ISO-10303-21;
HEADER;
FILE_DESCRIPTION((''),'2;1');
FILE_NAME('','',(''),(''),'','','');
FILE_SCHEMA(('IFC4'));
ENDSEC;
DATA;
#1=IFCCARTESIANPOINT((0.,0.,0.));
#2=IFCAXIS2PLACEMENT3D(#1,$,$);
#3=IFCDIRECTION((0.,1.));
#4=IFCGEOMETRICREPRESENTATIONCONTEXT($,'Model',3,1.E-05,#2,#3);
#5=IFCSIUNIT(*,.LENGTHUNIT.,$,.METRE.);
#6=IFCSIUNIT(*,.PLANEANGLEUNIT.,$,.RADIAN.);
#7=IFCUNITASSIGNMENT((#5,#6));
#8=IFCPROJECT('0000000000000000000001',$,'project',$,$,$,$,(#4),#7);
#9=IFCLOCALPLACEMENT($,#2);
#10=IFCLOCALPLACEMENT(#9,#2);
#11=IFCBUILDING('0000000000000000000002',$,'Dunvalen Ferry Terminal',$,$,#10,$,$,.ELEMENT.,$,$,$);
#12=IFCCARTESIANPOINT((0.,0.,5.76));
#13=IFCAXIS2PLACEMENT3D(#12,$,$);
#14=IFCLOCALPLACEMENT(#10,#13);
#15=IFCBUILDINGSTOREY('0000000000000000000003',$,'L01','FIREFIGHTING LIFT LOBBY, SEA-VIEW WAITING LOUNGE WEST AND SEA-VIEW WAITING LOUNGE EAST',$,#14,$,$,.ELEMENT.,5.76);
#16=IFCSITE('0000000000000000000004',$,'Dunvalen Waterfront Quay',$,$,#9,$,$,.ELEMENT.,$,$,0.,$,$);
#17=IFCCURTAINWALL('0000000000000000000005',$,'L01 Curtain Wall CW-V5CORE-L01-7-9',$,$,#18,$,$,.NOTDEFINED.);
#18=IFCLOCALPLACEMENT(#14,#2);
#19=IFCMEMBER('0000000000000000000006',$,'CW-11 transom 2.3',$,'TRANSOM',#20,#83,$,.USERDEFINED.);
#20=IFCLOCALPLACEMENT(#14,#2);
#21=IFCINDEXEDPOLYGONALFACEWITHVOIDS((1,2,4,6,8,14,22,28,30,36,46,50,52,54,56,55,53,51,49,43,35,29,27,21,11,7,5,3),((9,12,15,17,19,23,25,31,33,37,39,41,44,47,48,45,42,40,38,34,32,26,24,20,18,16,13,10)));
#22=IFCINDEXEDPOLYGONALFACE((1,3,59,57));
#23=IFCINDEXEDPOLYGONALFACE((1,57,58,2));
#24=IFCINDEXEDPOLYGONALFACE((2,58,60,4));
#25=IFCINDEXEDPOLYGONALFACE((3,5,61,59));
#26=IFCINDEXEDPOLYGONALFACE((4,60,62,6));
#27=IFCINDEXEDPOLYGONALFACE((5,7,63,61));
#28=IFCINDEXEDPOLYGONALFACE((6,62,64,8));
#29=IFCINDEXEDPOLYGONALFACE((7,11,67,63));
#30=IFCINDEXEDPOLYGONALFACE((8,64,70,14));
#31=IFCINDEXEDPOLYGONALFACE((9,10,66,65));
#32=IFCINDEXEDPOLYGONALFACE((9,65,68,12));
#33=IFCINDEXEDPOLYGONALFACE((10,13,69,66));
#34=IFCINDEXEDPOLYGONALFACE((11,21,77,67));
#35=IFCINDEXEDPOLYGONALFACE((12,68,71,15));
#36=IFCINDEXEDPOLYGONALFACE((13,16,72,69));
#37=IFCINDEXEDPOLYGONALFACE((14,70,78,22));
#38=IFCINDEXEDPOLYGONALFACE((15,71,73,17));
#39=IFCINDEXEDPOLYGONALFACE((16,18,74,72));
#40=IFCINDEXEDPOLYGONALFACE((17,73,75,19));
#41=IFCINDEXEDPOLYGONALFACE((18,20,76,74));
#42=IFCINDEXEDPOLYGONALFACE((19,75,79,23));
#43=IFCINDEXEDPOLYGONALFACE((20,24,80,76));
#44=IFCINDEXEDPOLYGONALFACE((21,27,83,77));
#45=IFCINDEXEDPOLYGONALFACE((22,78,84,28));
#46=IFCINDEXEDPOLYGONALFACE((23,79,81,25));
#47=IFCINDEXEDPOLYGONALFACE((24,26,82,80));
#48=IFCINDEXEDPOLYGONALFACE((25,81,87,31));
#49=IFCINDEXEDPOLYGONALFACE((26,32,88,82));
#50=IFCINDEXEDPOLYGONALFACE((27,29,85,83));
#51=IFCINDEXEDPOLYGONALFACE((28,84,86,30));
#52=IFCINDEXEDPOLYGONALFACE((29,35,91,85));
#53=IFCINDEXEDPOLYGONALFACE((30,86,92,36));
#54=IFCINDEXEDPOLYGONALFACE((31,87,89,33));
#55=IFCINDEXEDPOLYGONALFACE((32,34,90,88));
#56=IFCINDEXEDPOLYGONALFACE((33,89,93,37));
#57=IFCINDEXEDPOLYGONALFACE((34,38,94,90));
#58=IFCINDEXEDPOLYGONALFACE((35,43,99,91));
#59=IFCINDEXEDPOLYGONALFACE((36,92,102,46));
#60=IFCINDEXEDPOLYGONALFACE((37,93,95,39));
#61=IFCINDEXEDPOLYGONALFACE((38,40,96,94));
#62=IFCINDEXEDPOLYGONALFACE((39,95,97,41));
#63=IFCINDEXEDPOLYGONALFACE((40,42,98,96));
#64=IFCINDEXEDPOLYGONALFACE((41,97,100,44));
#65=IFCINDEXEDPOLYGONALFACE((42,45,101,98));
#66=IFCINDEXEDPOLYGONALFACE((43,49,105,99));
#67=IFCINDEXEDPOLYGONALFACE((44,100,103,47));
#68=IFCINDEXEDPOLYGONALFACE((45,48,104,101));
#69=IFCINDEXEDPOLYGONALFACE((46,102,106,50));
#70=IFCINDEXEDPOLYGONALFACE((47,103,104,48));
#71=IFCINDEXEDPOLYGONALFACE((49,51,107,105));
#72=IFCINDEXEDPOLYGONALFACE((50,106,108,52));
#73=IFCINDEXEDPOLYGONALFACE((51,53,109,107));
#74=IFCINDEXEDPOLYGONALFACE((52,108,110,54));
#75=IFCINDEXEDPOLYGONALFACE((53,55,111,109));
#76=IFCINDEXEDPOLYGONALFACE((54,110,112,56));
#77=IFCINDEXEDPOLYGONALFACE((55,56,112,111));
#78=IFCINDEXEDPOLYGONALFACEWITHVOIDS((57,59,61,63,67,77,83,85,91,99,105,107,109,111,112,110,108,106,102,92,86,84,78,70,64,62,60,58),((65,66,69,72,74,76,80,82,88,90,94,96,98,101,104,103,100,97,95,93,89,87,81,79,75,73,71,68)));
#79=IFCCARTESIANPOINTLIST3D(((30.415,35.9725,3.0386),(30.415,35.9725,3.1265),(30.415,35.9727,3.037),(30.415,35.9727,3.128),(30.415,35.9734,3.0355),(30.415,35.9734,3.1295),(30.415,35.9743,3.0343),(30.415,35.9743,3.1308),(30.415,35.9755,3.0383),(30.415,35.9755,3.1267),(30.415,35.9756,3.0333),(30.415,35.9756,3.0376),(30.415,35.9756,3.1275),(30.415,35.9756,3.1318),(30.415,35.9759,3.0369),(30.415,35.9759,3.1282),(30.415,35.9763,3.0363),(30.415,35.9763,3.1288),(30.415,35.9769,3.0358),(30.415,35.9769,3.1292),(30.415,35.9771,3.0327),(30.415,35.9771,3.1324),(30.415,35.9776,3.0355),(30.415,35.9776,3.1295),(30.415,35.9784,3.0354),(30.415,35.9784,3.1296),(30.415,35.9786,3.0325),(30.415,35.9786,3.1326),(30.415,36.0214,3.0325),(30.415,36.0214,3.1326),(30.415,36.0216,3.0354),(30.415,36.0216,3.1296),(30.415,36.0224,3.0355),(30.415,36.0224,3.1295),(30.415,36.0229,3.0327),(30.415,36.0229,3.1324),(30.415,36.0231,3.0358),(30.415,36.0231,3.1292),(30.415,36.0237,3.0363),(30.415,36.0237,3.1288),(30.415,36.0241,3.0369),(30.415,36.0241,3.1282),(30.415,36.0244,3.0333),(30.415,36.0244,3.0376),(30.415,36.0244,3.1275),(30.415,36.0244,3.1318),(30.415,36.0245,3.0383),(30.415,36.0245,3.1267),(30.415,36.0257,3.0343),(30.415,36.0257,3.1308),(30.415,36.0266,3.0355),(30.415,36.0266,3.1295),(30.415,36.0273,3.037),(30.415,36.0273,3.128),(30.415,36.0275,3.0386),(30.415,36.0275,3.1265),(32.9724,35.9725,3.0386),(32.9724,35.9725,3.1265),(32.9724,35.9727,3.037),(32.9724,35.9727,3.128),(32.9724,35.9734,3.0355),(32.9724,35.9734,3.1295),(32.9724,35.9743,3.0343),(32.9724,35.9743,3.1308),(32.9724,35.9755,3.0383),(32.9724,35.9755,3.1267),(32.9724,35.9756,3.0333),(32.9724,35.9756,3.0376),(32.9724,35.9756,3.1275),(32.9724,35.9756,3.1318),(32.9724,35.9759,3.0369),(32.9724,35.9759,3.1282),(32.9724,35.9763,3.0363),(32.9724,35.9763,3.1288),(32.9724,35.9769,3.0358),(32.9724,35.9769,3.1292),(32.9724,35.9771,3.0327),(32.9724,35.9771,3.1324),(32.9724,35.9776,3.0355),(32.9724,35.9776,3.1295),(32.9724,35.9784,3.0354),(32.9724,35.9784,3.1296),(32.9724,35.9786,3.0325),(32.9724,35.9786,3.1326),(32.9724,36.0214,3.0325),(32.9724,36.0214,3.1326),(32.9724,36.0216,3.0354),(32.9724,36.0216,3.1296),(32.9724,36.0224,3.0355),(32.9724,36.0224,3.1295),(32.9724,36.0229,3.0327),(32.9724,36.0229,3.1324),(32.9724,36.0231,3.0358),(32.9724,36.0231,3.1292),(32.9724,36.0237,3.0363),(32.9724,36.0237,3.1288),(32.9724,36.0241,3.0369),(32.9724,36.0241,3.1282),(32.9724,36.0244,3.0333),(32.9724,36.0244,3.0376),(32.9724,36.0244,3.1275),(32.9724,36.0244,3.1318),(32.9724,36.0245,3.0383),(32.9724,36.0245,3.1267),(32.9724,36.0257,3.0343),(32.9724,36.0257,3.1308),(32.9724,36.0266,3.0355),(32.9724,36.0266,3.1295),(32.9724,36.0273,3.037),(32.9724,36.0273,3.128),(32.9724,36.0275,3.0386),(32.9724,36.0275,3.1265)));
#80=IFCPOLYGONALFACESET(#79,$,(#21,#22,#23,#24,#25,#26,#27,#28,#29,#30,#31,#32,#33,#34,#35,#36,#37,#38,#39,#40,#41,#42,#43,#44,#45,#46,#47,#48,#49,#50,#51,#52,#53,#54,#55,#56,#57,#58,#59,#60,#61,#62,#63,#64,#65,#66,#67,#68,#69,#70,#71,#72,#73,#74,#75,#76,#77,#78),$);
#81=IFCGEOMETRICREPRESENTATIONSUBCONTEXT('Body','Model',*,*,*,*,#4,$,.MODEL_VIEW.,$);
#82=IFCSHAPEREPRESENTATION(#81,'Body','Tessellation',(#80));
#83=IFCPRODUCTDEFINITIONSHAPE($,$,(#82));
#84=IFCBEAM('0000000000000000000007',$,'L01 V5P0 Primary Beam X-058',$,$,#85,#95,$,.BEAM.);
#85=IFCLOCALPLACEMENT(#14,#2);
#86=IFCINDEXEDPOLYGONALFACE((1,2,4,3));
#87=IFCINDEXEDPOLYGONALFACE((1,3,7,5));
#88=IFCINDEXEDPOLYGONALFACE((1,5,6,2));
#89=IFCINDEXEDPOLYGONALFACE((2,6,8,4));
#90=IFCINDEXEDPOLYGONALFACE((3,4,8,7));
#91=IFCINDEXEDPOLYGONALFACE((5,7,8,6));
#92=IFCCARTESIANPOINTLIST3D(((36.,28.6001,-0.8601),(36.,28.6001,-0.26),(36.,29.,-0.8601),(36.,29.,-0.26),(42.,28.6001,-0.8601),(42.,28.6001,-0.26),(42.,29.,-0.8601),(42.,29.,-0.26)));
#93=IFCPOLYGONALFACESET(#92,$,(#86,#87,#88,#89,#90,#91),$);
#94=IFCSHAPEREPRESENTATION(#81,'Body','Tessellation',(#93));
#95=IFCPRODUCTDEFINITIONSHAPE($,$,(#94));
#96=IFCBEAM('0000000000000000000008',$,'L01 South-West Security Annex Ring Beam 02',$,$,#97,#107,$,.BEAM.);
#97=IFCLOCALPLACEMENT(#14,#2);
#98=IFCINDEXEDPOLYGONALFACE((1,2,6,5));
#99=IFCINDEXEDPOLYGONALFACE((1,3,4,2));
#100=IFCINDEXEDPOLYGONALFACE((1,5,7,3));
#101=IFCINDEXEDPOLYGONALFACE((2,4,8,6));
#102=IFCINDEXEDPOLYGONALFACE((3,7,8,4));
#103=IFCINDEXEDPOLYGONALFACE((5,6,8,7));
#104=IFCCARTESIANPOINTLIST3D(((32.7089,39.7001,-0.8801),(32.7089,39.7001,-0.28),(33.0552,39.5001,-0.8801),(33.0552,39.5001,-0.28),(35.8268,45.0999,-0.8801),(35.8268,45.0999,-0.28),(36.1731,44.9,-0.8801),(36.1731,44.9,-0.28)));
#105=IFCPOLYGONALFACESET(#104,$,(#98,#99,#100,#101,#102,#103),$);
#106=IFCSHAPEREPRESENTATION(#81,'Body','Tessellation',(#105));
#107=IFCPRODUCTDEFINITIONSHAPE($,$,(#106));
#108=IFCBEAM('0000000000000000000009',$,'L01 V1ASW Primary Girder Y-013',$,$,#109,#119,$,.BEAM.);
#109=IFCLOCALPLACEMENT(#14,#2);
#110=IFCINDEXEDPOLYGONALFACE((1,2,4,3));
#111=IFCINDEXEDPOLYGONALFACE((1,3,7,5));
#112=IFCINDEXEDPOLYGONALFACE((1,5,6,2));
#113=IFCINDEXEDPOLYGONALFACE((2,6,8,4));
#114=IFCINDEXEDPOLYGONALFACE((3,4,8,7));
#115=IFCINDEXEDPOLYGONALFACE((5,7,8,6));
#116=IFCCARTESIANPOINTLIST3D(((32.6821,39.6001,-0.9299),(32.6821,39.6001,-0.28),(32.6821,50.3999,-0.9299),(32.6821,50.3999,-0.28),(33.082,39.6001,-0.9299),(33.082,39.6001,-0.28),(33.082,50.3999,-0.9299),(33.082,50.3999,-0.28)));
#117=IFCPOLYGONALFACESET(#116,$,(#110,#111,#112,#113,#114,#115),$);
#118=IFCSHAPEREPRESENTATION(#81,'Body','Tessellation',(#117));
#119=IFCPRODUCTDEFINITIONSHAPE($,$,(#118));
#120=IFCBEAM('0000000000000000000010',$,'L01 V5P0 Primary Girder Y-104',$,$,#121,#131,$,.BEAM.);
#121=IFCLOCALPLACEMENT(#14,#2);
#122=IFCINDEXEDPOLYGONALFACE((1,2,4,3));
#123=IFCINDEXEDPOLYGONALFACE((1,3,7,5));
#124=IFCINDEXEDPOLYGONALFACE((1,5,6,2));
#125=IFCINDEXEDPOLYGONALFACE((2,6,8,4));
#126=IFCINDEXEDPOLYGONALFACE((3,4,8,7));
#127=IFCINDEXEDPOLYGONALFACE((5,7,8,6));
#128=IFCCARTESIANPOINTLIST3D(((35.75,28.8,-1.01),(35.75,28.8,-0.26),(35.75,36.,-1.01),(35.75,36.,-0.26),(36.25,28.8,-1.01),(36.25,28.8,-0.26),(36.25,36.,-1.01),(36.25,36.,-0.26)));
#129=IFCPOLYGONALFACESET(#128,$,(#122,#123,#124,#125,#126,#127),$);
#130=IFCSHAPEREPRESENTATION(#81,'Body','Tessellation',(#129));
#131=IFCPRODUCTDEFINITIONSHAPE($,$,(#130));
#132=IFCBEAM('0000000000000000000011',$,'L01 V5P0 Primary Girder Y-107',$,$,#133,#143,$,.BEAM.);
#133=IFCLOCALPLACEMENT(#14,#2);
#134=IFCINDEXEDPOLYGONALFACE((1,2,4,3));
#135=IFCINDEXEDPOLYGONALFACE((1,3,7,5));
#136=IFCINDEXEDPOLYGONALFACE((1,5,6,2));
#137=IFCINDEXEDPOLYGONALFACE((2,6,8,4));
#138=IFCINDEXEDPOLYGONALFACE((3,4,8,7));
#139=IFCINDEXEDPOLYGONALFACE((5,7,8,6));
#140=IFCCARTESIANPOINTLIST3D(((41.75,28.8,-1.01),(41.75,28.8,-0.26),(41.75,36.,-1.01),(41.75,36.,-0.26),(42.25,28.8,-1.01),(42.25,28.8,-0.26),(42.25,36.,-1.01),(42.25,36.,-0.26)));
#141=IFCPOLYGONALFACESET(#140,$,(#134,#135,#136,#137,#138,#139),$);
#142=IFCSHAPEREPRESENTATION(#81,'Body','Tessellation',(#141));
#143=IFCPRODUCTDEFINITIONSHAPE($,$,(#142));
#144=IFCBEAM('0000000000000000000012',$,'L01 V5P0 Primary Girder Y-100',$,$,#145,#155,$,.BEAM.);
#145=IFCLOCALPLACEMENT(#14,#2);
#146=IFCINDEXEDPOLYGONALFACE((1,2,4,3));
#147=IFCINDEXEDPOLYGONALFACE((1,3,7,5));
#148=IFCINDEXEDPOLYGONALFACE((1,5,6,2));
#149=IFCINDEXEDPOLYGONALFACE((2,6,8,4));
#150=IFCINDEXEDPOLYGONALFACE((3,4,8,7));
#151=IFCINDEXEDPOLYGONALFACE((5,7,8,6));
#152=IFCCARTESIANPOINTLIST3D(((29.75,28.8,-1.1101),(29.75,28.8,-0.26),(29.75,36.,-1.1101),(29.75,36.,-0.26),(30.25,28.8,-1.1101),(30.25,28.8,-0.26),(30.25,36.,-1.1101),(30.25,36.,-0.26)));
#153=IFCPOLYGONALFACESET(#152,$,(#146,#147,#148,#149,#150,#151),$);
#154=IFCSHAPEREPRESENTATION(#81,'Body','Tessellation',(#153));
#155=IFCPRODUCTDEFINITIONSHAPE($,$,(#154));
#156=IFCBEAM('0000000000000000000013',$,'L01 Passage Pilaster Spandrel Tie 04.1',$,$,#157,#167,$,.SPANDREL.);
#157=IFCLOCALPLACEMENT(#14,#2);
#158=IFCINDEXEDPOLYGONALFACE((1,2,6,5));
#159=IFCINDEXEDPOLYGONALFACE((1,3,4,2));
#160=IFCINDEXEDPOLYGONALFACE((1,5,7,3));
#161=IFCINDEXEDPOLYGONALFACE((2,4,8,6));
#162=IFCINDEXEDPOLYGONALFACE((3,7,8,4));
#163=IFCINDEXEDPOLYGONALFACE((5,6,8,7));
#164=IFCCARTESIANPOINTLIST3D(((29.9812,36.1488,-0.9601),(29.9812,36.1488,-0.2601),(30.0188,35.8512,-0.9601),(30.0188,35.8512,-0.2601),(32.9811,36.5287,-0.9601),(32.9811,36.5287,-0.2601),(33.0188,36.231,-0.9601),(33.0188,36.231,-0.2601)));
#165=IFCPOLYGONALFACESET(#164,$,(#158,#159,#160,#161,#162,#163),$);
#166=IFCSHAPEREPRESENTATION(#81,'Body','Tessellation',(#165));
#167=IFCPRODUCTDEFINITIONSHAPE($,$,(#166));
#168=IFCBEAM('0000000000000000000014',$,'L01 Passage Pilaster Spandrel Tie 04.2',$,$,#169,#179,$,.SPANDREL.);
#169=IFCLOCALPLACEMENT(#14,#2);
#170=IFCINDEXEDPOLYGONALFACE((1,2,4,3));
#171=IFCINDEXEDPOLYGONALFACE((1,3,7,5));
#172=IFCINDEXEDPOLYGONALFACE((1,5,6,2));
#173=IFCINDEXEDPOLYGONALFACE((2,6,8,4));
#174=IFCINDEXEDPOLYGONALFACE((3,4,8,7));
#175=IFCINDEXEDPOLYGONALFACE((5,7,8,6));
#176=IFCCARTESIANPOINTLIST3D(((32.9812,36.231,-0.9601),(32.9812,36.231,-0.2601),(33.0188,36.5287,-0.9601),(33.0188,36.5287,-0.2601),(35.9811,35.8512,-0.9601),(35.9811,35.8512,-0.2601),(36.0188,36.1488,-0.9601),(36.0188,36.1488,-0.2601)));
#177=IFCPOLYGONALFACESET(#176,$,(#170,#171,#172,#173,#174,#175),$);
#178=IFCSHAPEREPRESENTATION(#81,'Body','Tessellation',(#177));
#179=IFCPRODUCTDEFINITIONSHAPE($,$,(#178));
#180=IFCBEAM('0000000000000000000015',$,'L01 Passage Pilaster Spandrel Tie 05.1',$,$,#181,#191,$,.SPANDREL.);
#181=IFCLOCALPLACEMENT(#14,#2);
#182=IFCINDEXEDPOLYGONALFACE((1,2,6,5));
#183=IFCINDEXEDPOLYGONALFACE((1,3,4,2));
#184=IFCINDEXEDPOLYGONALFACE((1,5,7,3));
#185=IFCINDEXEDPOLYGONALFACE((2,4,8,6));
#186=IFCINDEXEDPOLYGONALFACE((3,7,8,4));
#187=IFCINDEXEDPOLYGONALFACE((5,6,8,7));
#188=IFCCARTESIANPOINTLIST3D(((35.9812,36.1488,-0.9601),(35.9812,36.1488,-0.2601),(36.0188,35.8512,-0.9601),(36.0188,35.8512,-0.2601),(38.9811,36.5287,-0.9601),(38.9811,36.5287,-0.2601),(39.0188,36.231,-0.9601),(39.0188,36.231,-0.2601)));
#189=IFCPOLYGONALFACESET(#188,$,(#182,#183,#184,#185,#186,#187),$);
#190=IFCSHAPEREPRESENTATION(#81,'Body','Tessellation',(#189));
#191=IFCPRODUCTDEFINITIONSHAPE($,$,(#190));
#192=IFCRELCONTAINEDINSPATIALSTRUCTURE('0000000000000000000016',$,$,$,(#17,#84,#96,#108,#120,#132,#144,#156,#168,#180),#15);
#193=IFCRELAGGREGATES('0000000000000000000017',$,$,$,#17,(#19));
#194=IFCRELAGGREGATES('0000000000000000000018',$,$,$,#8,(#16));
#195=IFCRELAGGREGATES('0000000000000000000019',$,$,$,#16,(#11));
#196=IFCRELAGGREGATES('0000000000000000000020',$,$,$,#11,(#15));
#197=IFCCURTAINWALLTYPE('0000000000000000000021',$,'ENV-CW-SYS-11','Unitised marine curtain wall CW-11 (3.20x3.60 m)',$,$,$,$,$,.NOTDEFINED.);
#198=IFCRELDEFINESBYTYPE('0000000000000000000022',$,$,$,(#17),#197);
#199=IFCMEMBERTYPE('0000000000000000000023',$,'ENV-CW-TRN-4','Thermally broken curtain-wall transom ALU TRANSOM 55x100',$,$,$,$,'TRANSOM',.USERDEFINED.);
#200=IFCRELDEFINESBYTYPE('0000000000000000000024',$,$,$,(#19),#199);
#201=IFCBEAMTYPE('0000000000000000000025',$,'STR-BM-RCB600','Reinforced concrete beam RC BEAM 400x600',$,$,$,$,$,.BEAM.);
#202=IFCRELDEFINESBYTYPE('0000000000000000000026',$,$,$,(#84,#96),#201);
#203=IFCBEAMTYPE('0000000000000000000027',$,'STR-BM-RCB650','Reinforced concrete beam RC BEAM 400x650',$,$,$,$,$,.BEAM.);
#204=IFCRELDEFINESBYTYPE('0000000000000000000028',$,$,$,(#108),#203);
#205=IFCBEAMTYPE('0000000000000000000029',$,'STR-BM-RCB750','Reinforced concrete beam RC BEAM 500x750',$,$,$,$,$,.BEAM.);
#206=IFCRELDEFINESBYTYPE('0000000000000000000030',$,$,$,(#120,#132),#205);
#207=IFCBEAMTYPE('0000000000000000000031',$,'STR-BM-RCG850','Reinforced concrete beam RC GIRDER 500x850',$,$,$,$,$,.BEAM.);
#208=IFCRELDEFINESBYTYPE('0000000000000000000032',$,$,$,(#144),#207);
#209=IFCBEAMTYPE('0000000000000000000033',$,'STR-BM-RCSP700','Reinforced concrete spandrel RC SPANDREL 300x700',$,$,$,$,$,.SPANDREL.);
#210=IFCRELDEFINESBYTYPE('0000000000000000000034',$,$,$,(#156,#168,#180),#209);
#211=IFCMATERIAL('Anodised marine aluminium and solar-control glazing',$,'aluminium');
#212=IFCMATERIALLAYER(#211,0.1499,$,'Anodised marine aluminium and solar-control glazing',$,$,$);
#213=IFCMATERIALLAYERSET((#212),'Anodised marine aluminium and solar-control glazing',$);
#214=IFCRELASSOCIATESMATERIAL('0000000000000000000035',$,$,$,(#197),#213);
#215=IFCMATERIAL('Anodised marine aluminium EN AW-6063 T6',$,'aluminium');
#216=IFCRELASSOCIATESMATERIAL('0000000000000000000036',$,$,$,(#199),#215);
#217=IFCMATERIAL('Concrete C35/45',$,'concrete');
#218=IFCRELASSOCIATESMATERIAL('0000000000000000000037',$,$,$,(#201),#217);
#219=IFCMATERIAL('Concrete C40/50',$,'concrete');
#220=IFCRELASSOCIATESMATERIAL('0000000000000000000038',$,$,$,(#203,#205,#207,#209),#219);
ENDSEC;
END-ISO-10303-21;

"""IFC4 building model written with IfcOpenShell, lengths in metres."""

from ifc_helpers import new_model, si_unit, direction, frame, origin, origin_2d, place, context, subcontext, project, spatial, rectangle, hollow_rectangle, extrude, material, layer, layer_set, material_profile, profile_set, type_object, element, aggregate, save


model = new_model("IFC4")

# Units and contexts
model_context = context("Model", 3, precision=1e-05, world=origin(), true_north=direction((0.0, 1.0)))
body_context = subcontext(model_context, "Body", "Model", "MODEL_VIEW")
ifc_project = project(units=[si_unit("LENGTHUNIT", "METRE"), si_unit("PLANEANGLEUNIT", "RADIAN")], contexts=[model_context])

# Site, building, storey
site_placement = place(None, origin())
site = spatial("IfcSite", under=ifc_project, at=site_placement, Name="Dunvalen Waterfront Quay", CompositionType="ELEMENT", RefElevation=0.0)
building_placement = place(site_placement, origin())
building = spatial("IfcBuilding", under=site, at=building_placement, Name="Dunvalen Ferry Terminal", CompositionType="ELEMENT")
storey_placement = place(building_placement, frame((0.0, 0.0, 5.76)))
storey = spatial("IfcBuildingStorey", under=building, at=storey_placement, Name="L01", Description="FIREFIGHTING LIFT LOBBY, SEA-VIEW WAITING LOUNGE WEST AND SEA-VIEW WAITING LOUNGE EAST", CompositionType="ELEMENT", Elevation=5.76)

# Shared definitions
ifc_material_1 = material(Name="Concrete C35/45", Category="concrete")
ifc_material_2 = material(Name="Concrete C40/50", Category="concrete")

# Shared definitions
ifc_material_3 = material(Name="Anodised marine aluminium and solar-control glazing", Category="aluminium")
ifc_layer_1 = layer(ifc_material_3, 0.1499, Name="Anodised marine aluminium and solar-control glazing")
ifc_layer_set_1 = layer_set([ifc_layer_1], Name="Anodised marine aluminium and solar-control glazing")
curtain_wall_type = type_object("IfcCurtainWallType", Name="ENV-CW-SYS-11", Description="Unitised marine curtain wall CW-11 (3.20x3.60 m)", PredefinedType="NOTDEFINED", material=ifc_layer_set_1)
ifc_material_4 = material(Name="Anodised marine aluminium EN AW-6063 T6", Category="aluminium")

# Curtain wall, member
curtain_wall_1_placement = place(storey_placement, origin())
curtain_wall_1 = element("IfcCurtainWall", 1, at=curtain_wall_1_placement, inside=storey, type_object=curtain_wall_type, Name="L01 Curtain Wall CW-V5CORE-L01-7-9", PredefinedType="NOTDEFINED")
ifc_material_profile_1 = material_profile(ifc_material_4, hollow_rectangle(XDim=0.0549, YDim=0.1001, WallThickness=0.0029, InnerFilletRadius=0.0029, OuterFilletRadius=0.0061, at=origin_2d()), Name="Anodised marine aluminium EN AW-6063 T6")
ifc_profile_set_1 = profile_set([ifc_material_profile_1], Name="Anodised marine aluminium EN AW-6063 T6")
member_type_1 = type_object("IfcMemberType", Name="ENV-CW-TRN-4", Description="Thermally broken curtain-wall transom ALU TRANSOM 55x100", ElementType="TRANSOM", PredefinedType="USERDEFINED", material=ifc_profile_set_1)
member_1_placement = place(storey_placement, frame((32.9724, 36.0, 3.0825), z_axis=(-1.0, 0.0, 0.0), x_axis=(0.0, -1.0, 0.0)))
member_1 = element("IfcMember", 2, at=member_1_placement, type_object=member_type_1, Name="CW-11 transom 2.3", ObjectType="TRANSOM", PredefinedType="USERDEFINED", context=body_context, shape_type="SweptSolid", body=[
    extrude(hollow_rectangle(XDim=0.0549, YDim=0.1001, WallThickness=0.0029, InnerFilletRadius=0.0029, OuterFilletRadius=0.0061, at=origin_2d()), origin(), (0.0, 0.0, 1.0), 2.5574),
])

# Beams
ifc_material_profile_2 = material_profile(ifc_material_1, rectangle(XDim=0.3999, YDim=0.6001, at=origin_2d()), Name="Concrete C35/45")
ifc_profile_set_2 = profile_set([ifc_material_profile_2], Name="Concrete C35/45")
beam_type_1 = type_object("IfcBeamType", Name="STR-BM-RCB600", Description="Reinforced concrete beam RC BEAM 400x600", PredefinedType="BEAM", material=ifc_profile_set_2)
beam_1_placement = place(storey_placement, frame((36.0, 28.8, -0.5601), z_axis=(1.0, 0.0, 0.0), x_axis=(0.0, 1.0, 0.0)))
element("IfcBeam", 3, at=beam_1_placement, inside=storey, type_object=beam_type_1, Name="L01 V5P0 Primary Beam X-058", PredefinedType="BEAM", context=body_context, shape_type="SweptSolid", body=[
    extrude(rectangle(XDim=0.3999, YDim=0.6001, at=origin_2d()), origin(), (0.0, 0.0, 1.0), 6.0),
])
beam_2_placement = place(storey_placement, frame((32.8821, 39.6001, -0.5801), z_axis=(0.500034, 0.866006, 0.0), x_axis=(-0.866006, 0.500034, 0.0)))
element("IfcBeam", 4, at=beam_2_placement, inside=storey, type_object=beam_type_1, Name="L01 South-West Security Annex Ring Beam 02", PredefinedType="BEAM", context=body_context, shape_type="SweptSolid", body=[
    extrude(rectangle(XDim=0.3999, YDim=0.6001, at=origin_2d()), origin(), (0.0, 0.0, 1.0), 6.2354),
])
ifc_material_profile_3 = material_profile(ifc_material_2, rectangle(XDim=0.3999, YDim=0.6499, at=origin_2d()), Name="Concrete C40/50")
ifc_profile_set_3 = profile_set([ifc_material_profile_3], Name="Concrete C40/50")
beam_type_2 = type_object("IfcBeamType", Name="STR-BM-RCB650", Description="Reinforced concrete beam RC BEAM 400x650", PredefinedType="BEAM", material=ifc_profile_set_3)
beam_3_placement = place(storey_placement, frame((32.8821, 39.6001, -0.605), z_axis=(0.0, 1.0, 0.0), x_axis=(-1.0, 0.0, 0.0)))
element("IfcBeam", 5, at=beam_3_placement, inside=storey, type_object=beam_type_2, Name="L01 V1ASW Primary Girder Y-013", PredefinedType="BEAM", context=body_context, shape_type="SweptSolid", body=[
    extrude(rectangle(XDim=0.3999, YDim=0.6499, at=origin_2d()), origin(), (0.0, 0.0, 1.0), 10.7998),
])
ifc_material_profile_4 = material_profile(ifc_material_2, rectangle(XDim=0.5, YDim=0.75, at=origin_2d()), Name="Concrete C40/50")
ifc_profile_set_4 = profile_set([ifc_material_profile_4], Name="Concrete C40/50")
beam_type_3 = type_object("IfcBeamType", Name="STR-BM-RCB750", Description="Reinforced concrete beam RC BEAM 500x750", PredefinedType="BEAM", material=ifc_profile_set_4)
for number, where, z_axis, x_axis, name in (
    (6, (36.0, 28.8, -0.635), (0.0, 1.0, 0.0), (-1.0, 0.0, 0.0), "L01 V5P0 Primary Girder Y-104"),
    (7, (42.0, 28.8, -0.635), (0.0, 1.0, 0.0), (-1.0, 0.0, 0.0), "L01 V5P0 Primary Girder Y-107"),
):
    element("IfcBeam", number, at=place(storey_placement, frame(where, z_axis=z_axis, x_axis=x_axis)), inside=storey, type_object=beam_type_3, Name=name, PredefinedType="BEAM", context=body_context, shape_type="SweptSolid", body=[
        extrude(rectangle(XDim=0.5, YDim=0.75, at=origin_2d()), origin(), (0.0, 0.0, 1.0), 7.2),
    ])
ifc_material_profile_5 = material_profile(ifc_material_2, rectangle(XDim=0.5, YDim=0.8501, at=origin_2d()), Name="Concrete C40/50")
ifc_profile_set_5 = profile_set([ifc_material_profile_5], Name="Concrete C40/50")
beam_type_4 = type_object("IfcBeamType", Name="STR-BM-RCG850", Description="Reinforced concrete beam RC GIRDER 500x850", PredefinedType="BEAM", material=ifc_profile_set_5)
beam_4_placement = place(storey_placement, frame((30.0, 28.8, -0.6851), z_axis=(0.0, 1.0, 0.0), x_axis=(-1.0, 0.0, 0.0)))
element("IfcBeam", 8, at=beam_4_placement, inside=storey, type_object=beam_type_4, Name="L01 V5P0 Primary Girder Y-100", PredefinedType="BEAM", context=body_context, shape_type="SweptSolid", body=[
    extrude(rectangle(XDim=0.5, YDim=0.8501, at=origin_2d()), origin(), (0.0, 0.0, 1.0), 7.2),
])
ifc_material_profile_6 = material_profile(ifc_material_2, rectangle(XDim=0.3, YDim=0.7, at=origin_2d()), Name="Concrete C40/50")
ifc_profile_set_6 = profile_set([ifc_material_profile_6], Name="Concrete C40/50")
beam_type_5 = type_object("IfcBeamType", Name="STR-BM-RCSP700", Description="Reinforced concrete spandrel RC SPANDREL 300x700", PredefinedType="SPANDREL", material=ifc_profile_set_6)
for number, where, z_axis, x_axis, name in (
    (9, (30.0, 36.0, -0.6101), (0.992078, 0.125624, 0.0), (-0.125624, 0.992078, 0.0), "L01 Passage Pilaster Spandrel Tie 04.1"),
    (10, (33.0, 36.3799, -0.6101), (0.992078, -0.125624, 0.0), (0.125624, 0.992078, 0.0), "L01 Passage Pilaster Spandrel Tie 04.2"),
    (11, (36.0, 36.0, -0.6101), (0.992078, 0.125624, 0.0), (-0.125624, 0.992078, 0.0), "L01 Passage Pilaster Spandrel Tie 05.1"),
):
    element("IfcBeam", number, at=place(storey_placement, frame(where, z_axis=z_axis, x_axis=x_axis)), inside=storey, type_object=beam_type_5, Name=name, PredefinedType="SPANDREL", context=body_context, shape_type="SweptSolid", body=[
        extrude(rectangle(XDim=0.3, YDim=0.7, at=origin_2d()), origin(), (0.0, 0.0, 1.0), 3.0239),
    ])

aggregate(curtain_wall_1, [member_1])

save(model, "model.ifc")
